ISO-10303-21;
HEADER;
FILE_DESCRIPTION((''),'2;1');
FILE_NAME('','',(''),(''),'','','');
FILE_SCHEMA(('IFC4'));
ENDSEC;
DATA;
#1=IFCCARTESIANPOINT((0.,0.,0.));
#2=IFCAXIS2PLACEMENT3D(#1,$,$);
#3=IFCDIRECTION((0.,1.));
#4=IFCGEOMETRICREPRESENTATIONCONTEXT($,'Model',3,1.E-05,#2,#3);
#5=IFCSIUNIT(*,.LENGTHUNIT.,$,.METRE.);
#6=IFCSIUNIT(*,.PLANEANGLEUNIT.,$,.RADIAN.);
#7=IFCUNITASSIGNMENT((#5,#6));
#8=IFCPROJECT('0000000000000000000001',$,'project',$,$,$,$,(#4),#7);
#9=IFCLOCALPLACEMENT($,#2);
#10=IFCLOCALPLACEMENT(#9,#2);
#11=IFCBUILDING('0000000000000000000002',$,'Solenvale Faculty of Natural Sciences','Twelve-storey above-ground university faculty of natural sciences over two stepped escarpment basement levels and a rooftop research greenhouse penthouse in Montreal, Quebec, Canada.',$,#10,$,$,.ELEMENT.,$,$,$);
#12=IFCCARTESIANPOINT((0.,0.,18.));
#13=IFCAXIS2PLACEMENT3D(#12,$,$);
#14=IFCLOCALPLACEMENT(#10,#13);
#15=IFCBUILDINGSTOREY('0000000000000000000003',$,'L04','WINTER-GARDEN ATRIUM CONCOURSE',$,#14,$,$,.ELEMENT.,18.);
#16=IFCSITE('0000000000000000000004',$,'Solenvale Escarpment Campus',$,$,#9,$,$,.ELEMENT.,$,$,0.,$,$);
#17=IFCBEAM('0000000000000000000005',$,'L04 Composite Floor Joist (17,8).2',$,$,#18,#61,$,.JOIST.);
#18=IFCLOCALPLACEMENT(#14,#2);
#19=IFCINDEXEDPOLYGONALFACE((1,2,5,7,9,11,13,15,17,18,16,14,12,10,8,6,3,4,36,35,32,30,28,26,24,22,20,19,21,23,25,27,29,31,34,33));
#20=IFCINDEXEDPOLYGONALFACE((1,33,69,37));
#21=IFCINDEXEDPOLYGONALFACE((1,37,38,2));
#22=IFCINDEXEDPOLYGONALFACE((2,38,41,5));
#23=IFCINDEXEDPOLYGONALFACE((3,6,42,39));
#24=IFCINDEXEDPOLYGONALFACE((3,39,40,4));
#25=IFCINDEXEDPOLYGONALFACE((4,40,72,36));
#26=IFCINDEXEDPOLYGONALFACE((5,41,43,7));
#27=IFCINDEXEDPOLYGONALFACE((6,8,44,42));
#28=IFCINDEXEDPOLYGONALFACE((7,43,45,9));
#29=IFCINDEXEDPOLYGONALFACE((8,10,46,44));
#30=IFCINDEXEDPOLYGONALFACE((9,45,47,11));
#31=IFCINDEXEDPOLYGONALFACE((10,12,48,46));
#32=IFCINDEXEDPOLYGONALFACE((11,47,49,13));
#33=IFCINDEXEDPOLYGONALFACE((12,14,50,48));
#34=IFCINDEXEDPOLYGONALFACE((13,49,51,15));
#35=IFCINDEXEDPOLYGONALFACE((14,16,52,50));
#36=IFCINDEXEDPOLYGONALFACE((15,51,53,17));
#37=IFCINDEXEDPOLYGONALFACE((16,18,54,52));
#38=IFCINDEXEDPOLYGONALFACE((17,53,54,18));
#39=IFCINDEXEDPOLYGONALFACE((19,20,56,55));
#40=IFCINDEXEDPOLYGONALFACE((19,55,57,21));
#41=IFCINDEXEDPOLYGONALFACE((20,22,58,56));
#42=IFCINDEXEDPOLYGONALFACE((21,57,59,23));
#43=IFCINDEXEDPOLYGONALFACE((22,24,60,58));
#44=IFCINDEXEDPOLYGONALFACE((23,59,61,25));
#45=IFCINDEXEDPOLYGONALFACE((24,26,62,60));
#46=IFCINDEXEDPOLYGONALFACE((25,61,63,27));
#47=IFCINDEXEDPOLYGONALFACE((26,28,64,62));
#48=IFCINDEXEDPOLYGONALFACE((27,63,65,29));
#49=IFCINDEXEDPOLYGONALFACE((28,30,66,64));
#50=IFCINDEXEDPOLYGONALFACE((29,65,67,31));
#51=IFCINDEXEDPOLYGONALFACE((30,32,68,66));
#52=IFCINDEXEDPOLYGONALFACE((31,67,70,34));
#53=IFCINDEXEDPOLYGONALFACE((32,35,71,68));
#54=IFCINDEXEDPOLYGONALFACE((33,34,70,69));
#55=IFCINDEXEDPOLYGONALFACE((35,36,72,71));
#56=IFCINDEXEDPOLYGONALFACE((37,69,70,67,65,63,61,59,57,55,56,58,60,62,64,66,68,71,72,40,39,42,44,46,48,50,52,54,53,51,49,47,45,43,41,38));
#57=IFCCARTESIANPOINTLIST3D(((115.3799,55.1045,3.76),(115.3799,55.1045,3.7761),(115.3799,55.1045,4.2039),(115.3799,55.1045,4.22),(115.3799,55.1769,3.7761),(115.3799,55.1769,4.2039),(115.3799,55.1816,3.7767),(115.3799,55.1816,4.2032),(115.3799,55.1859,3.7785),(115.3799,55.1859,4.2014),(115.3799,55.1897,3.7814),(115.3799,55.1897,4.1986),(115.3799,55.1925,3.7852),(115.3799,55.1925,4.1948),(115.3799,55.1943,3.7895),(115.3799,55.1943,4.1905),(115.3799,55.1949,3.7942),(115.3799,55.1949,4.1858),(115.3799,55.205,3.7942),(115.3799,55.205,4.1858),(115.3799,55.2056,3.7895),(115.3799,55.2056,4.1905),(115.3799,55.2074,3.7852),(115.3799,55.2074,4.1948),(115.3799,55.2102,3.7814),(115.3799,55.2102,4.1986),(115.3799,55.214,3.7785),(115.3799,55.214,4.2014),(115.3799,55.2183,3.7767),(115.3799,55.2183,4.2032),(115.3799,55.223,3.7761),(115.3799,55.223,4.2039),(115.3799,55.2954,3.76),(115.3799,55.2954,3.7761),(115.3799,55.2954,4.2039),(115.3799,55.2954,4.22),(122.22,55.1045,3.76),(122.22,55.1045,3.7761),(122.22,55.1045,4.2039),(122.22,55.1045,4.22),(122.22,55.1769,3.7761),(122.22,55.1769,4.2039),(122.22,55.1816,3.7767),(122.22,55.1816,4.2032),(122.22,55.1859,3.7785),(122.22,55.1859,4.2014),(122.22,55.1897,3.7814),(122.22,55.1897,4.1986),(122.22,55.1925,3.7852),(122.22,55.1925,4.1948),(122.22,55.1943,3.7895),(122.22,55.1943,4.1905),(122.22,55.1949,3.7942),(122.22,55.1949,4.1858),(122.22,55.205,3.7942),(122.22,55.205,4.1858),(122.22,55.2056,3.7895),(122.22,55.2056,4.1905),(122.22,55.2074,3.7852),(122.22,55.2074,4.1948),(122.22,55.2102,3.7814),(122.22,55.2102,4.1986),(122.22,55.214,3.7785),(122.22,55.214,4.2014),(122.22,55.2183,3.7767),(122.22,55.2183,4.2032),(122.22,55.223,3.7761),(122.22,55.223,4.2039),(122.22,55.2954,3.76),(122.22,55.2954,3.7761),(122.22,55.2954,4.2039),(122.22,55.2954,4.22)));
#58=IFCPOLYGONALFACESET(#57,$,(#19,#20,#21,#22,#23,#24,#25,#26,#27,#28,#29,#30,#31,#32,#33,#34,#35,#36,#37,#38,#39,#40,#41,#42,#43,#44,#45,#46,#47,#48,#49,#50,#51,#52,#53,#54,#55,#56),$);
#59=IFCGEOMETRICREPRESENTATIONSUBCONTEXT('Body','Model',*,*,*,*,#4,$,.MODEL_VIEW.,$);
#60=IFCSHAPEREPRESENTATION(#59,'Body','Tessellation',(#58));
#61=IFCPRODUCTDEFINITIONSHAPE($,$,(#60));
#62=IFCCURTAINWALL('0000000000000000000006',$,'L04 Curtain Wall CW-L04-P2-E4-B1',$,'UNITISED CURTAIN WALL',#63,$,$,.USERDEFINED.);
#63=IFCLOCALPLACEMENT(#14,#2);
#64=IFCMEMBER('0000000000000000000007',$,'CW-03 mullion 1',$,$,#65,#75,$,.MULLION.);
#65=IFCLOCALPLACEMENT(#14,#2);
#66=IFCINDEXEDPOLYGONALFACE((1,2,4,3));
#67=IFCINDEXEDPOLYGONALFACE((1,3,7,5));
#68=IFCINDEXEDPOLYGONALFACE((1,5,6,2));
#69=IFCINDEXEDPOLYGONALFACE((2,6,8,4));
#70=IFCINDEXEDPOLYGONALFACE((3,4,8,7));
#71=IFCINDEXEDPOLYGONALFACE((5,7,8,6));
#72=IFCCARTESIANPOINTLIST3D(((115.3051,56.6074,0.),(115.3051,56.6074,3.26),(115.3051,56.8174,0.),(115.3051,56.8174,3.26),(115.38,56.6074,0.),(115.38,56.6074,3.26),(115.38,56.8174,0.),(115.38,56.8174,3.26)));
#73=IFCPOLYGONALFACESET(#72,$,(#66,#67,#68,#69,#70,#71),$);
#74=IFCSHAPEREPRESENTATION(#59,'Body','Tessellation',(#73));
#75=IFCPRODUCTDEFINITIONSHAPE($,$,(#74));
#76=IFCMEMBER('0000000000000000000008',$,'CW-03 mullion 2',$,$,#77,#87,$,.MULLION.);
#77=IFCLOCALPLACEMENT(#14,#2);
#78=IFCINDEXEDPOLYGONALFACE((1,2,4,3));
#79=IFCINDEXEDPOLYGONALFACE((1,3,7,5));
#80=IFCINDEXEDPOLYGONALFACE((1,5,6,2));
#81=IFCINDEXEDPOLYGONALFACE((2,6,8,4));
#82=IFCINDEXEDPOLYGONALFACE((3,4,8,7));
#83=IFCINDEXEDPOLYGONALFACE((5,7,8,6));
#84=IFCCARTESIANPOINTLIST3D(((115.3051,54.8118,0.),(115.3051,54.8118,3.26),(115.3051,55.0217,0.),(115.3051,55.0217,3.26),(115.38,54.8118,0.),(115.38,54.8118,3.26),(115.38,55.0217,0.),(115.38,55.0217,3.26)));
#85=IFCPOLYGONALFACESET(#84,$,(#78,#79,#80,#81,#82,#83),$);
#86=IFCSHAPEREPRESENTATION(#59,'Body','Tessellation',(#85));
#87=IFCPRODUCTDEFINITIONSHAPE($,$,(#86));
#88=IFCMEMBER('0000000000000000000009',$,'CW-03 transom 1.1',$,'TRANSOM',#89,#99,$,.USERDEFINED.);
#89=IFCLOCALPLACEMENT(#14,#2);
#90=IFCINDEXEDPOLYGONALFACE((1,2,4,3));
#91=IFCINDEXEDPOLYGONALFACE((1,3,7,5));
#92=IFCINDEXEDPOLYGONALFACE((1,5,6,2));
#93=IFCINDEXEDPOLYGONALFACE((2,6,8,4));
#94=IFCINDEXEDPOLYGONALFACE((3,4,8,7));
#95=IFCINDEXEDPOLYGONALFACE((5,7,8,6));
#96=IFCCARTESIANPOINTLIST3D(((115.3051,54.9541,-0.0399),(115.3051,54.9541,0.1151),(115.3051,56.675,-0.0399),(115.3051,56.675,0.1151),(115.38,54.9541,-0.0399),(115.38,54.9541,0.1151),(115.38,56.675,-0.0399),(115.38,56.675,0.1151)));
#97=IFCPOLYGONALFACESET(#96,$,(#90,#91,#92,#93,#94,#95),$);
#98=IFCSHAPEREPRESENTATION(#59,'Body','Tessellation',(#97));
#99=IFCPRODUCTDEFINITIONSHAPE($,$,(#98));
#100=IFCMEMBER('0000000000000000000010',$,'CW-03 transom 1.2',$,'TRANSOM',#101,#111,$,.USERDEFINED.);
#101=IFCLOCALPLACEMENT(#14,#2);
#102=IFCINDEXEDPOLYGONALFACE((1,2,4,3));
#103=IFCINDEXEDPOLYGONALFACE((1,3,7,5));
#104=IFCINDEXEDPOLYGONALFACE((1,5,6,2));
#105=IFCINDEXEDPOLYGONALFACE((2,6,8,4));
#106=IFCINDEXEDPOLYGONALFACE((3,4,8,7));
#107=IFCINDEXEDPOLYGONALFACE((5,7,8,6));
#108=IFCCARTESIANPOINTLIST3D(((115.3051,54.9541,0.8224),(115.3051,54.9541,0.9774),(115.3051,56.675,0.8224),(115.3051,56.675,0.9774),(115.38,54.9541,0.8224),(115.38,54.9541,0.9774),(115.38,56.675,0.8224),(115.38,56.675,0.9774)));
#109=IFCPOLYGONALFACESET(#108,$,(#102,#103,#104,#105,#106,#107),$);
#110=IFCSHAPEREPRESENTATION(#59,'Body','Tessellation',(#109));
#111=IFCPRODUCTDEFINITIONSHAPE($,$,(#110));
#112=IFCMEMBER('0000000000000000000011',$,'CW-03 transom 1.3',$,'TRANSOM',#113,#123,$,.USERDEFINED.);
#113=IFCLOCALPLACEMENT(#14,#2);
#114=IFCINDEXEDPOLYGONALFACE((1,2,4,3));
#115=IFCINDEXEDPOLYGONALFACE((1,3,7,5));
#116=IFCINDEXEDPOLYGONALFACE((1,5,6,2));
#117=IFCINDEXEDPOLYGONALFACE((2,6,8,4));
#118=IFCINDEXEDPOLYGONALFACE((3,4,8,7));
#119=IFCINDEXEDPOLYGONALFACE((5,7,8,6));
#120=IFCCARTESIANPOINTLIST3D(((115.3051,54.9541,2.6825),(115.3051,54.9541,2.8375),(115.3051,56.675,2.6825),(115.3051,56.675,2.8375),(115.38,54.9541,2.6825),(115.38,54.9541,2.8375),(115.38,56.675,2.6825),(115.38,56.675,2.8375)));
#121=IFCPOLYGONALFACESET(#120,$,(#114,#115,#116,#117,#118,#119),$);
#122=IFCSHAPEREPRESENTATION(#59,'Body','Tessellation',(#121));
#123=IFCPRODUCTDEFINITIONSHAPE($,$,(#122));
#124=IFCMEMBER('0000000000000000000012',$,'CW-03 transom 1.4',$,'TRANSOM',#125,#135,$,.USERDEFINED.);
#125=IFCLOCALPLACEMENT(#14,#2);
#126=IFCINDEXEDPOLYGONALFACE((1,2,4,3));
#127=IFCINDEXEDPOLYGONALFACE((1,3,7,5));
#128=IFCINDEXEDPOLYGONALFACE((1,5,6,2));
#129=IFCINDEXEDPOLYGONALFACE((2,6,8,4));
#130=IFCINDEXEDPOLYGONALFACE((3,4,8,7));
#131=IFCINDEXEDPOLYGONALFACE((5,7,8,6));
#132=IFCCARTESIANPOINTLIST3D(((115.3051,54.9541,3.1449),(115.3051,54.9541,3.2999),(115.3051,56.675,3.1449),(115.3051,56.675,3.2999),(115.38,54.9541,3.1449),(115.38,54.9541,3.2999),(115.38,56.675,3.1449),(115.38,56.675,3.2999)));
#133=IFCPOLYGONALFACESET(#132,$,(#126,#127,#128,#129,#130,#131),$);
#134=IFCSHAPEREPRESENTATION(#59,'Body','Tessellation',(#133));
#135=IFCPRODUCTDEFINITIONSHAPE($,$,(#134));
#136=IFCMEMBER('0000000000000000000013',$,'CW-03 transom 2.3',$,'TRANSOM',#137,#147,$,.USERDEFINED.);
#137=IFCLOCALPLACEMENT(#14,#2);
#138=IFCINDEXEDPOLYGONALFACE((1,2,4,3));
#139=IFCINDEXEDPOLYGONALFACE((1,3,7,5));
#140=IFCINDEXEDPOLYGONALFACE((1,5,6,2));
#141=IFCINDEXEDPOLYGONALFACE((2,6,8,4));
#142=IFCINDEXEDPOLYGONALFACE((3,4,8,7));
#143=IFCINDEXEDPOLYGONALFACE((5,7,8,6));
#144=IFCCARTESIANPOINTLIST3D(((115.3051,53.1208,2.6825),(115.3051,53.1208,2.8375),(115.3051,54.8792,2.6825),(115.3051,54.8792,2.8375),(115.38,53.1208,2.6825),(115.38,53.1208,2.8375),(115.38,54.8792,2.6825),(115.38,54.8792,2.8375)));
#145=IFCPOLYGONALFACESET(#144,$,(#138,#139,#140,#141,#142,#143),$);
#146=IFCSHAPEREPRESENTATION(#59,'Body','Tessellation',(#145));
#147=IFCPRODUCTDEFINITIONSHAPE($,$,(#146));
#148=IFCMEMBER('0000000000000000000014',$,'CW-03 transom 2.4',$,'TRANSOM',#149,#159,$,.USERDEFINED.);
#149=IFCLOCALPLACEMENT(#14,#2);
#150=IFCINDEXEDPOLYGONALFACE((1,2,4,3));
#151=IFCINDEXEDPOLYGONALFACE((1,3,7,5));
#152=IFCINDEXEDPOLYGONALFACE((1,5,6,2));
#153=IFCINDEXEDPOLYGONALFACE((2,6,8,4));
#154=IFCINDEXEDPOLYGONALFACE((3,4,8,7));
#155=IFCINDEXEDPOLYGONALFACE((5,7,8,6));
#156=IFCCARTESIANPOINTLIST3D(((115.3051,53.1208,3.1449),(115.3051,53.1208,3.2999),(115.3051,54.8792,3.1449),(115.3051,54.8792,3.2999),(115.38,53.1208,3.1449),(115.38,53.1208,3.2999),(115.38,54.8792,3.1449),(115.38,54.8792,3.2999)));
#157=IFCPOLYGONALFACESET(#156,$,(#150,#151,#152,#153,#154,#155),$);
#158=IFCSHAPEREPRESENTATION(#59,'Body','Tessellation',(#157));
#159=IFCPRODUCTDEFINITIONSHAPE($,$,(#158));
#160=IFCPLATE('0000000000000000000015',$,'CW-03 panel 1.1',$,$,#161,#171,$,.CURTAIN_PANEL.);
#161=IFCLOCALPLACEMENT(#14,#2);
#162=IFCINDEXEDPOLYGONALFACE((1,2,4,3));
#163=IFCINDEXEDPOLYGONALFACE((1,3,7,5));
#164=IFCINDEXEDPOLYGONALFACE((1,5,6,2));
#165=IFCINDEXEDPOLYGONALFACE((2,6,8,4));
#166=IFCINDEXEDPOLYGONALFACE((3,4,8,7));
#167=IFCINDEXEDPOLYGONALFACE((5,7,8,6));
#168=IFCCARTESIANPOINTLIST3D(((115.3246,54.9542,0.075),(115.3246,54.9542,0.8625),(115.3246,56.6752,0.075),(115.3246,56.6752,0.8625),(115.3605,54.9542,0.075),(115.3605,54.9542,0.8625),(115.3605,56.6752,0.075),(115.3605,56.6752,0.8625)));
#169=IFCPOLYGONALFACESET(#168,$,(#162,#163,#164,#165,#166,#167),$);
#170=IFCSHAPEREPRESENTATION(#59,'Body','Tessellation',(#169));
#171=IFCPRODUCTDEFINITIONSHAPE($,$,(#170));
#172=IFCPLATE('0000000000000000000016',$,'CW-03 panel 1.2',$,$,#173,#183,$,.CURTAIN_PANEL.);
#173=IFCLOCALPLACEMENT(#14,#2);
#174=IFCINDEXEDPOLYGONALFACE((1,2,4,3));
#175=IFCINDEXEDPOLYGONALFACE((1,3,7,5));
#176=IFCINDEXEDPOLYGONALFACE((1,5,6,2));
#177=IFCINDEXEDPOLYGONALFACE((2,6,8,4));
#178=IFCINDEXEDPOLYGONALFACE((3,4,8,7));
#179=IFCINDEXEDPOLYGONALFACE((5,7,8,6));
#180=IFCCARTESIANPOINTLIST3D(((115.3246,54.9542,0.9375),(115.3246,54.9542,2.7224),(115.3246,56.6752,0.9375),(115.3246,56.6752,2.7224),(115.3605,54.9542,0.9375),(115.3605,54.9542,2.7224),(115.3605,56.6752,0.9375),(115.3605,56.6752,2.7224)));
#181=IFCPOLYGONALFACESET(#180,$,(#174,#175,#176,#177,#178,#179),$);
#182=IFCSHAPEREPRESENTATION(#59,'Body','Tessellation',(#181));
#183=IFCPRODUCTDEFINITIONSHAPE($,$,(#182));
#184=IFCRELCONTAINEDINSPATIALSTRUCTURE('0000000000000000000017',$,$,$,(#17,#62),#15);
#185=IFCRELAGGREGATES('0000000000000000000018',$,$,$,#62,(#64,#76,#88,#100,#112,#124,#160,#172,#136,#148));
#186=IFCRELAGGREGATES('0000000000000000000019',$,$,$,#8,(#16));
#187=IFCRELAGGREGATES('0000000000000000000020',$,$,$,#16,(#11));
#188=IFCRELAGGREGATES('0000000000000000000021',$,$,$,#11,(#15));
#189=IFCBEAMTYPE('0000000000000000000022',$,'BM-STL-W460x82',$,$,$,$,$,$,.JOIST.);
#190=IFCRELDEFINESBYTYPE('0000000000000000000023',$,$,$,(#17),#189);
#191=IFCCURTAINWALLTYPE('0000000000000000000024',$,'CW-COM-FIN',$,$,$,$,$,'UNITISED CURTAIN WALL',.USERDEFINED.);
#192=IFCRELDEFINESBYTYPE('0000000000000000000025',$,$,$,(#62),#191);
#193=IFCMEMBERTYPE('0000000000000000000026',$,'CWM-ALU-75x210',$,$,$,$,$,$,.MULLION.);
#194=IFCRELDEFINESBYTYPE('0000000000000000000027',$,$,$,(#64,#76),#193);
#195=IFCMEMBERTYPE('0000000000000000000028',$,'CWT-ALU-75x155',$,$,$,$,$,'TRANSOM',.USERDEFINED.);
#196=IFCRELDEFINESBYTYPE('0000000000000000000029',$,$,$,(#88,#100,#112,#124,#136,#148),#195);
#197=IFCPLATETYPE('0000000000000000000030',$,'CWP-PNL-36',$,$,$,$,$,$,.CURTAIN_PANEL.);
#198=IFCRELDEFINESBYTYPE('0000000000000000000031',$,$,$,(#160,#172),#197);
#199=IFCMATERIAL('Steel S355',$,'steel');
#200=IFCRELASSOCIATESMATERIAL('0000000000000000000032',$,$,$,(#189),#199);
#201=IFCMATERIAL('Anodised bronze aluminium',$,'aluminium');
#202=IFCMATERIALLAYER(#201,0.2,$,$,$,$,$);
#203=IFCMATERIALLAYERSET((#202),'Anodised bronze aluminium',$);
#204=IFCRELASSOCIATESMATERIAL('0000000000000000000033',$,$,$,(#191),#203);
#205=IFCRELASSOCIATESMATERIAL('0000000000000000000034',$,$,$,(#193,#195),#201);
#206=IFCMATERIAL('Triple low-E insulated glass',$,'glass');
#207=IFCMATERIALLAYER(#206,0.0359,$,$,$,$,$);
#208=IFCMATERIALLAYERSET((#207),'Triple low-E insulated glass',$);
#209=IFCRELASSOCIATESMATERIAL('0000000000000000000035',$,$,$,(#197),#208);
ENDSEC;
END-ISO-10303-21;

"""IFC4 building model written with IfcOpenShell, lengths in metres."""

from ifc_helpers import new_model, si_unit, direction, frame, origin, origin_2d, place, context, subcontext, project, spatial, rectangle, i_section, extrude, material, layer, layer_set, material_profile, profile_set, type_object, element, aggregate, save


model = new_model("IFC4")

# Units and contexts
model_context = context("Model", 3, precision=1e-05, world=origin(), true_north=direction((0.0, 1.0)))
body_context = subcontext(model_context, "Body", "Model", "MODEL_VIEW")
ifc_project = project(units=[si_unit("LENGTHUNIT", "METRE"), si_unit("PLANEANGLEUNIT", "RADIAN")], contexts=[model_context])

# Site, building, storey
site_placement = place(None, origin())
site = spatial("IfcSite", under=ifc_project, at=site_placement, Name="Solenvale Escarpment Campus", CompositionType="ELEMENT", RefElevation=0.0)
building_placement = place(site_placement, origin())
building = spatial("IfcBuilding", under=site, at=building_placement, Name="Solenvale Faculty of Natural Sciences", Description="Twelve-storey above-ground university faculty of natural sciences over two stepped escarpment basement levels and a rooftop research greenhouse penthouse in Montreal, Quebec, Canada.", CompositionType="ELEMENT")
storey_placement = place(building_placement, frame((0.0, 0.0, 18.0)))
storey = spatial("IfcBuildingStorey", under=building, at=storey_placement, Name="L04", Description="WINTER-GARDEN ATRIUM CONCOURSE", CompositionType="ELEMENT", Elevation=18.0)

# Beam
ifc_material_1 = material(Name="Steel S355", Category="steel")
ifc_material_profile_1 = material_profile(ifc_material_1, i_section(OverallWidth=0.1909, OverallDepth=0.46, WebThickness=0.01, FlangeThickness=0.0161, FilletRadius=0.0181, at=origin_2d()), Name="W460x82")
ifc_profile_set_1 = profile_set([ifc_material_profile_1], Name="Steel S355")
beam_type_1 = type_object("IfcBeamType", Name="BM-STL-W460x82", PredefinedType="JOIST", material=ifc_profile_set_1)
for number, where, z_axis, x_axis, name in (
    (1, (115.3799, 55.2, 3.99), (1.0, 0.0, 0.0), (0.0, 1.0, 0.0), "L04 Composite Floor Joist (17,8).2"),
):
    element("IfcBeam", number, at=place(storey_placement, frame(where, z_axis=z_axis, x_axis=x_axis)), inside=storey, type_object=beam_type_1, Name=name, PredefinedType="JOIST", context=body_context, shape_type="SweptSolid", body=[
        extrude(i_section(OverallWidth=0.1909, OverallDepth=0.46, WebThickness=0.01, FlangeThickness=0.0161, FilletRadius=0.0181, at=origin_2d()), origin(), (0.0, 0.0, 1.0), 6.8401),
    ])

# Curtain wall, members, plates
ifc_material_2 = material(Name="Anodised bronze aluminium", Category="aluminium")
ifc_layer_1 = layer(ifc_material_2, 0.2)
ifc_layer_set_1 = layer_set([ifc_layer_1], Name="Anodised bronze aluminium")
curtain_wall_type = type_object("IfcCurtainWallType", Name="CW-COM-FIN", ElementType="UNITISED CURTAIN WALL", PredefinedType="USERDEFINED", material=ifc_layer_set_1)
curtain_wall_placement = place(storey_placement, origin())
curtain_wall = element("IfcCurtainWall", 2, at=curtain_wall_placement, inside=storey, type_object=curtain_wall_type, Name="L04 Curtain Wall CW-L04-P2-E4-B1", ObjectType="UNITISED CURTAIN WALL", PredefinedType="USERDEFINED")
ifc_material_profile_2 = material_profile(ifc_material_2, rectangle(XDim=0.075, YDim=0.21, at=origin_2d()), Name="ALU-MUL-75x210")
ifc_profile_set_2 = profile_set([ifc_material_profile_2], Name="Anodised bronze aluminium")
member_type_1 = type_object("IfcMemberType", Name="CWM-ALU-75x210", PredefinedType="MULLION", material=ifc_profile_set_2)
member_1_placement = place(storey_placement, frame((115.3425, 56.7124, 0.0), z_axis=(0.0, 0.0, 1.0), x_axis=(1.0, 0.0, 0.0)))
member_1 = element("IfcMember", 3, at=member_1_placement, type_object=member_type_1, Name="CW-03 mullion 1", PredefinedType="MULLION", context=body_context, shape_type="SweptSolid", body=[
    extrude(rectangle(XDim=0.075, YDim=0.21, at=origin_2d()), origin(), (0.0, 0.0, 1.0), 3.26),
])
member_2_placement = place(storey_placement, frame((115.3425, 54.9167, 0.0), z_axis=(0.0, 0.0, 1.0), x_axis=(1.0, 0.0, 0.0)))
member_2 = element("IfcMember", 4, at=member_2_placement, type_object=member_type_1, Name="CW-03 mullion 2", PredefinedType="MULLION", context=body_context, shape_type="SweptSolid", body=[
    extrude(rectangle(XDim=0.075, YDim=0.21, at=origin_2d()), origin(), (0.0, 0.0, 1.0), 3.26),
])
ifc_material_profile_3 = material_profile(ifc_material_2, rectangle(XDim=0.075, YDim=0.155, at=origin_2d()), Name="ALU-TRN-75x155")
ifc_profile_set_3 = profile_set([ifc_material_profile_3], Name="Anodised bronze aluminium")
member_type_2 = type_object("IfcMemberType", Name="CWT-ALU-75x155", ElementType="TRANSOM", PredefinedType="USERDEFINED", material=ifc_profile_set_3)
member_3_placement = place(storey_placement, frame((115.3425, 56.675, 0.0376), z_axis=(0.0, -1.0, 0.0), x_axis=(1.0, 0.0, 0.0)))
member_3 = element("IfcMember", 5, at=member_3_placement, type_object=member_type_2, Name="CW-03 transom 1.1", ObjectType="TRANSOM", PredefinedType="USERDEFINED", context=body_context, shape_type="SweptSolid", body=[
    extrude(rectangle(XDim=0.075, YDim=0.155, at=origin_2d()), origin(), (0.0, 0.0, 1.0), 1.7209),
])
member_4_placement = place(storey_placement, frame((115.3425, 56.675, 0.8999), z_axis=(0.0, -1.0, 0.0), x_axis=(1.0, 0.0, 0.0)))
member_4 = element("IfcMember", 6, at=member_4_placement, type_object=member_type_2, Name="CW-03 transom 1.2", ObjectType="TRANSOM", PredefinedType="USERDEFINED", context=body_context, shape_type="SweptSolid", body=[
    extrude(rectangle(XDim=0.075, YDim=0.155, at=origin_2d()), origin(), (0.0, 0.0, 1.0), 1.7209),
])
member_5_placement = place(storey_placement, frame((115.3425, 56.675, 2.76), z_axis=(0.0, -1.0, 0.0), x_axis=(1.0, 0.0, 0.0)))
member_5 = element("IfcMember", 7, at=member_5_placement, type_object=member_type_2, Name="CW-03 transom 1.3", ObjectType="TRANSOM", PredefinedType="USERDEFINED", context=body_context, shape_type="SweptSolid", body=[
    extrude(rectangle(XDim=0.075, YDim=0.155, at=origin_2d()), origin(), (0.0, 0.0, 1.0), 1.7209),
])
member_6_placement = place(storey_placement, frame((115.3425, 56.675, 3.2224), z_axis=(0.0, -1.0, 0.0), x_axis=(1.0, 0.0, 0.0)))
member_6 = element("IfcMember", 8, at=member_6_placement, type_object=member_type_2, Name="CW-03 transom 1.4", ObjectType="TRANSOM", PredefinedType="USERDEFINED", context=body_context, shape_type="SweptSolid", body=[
    extrude(rectangle(XDim=0.075, YDim=0.155, at=origin_2d()), origin(), (0.0, 0.0, 1.0), 1.7209),
])
member_7_placement = place(storey_placement, frame((115.3425, 54.8792, 2.76), z_axis=(0.0, -1.0, 0.0), x_axis=(1.0, 0.0, 0.0)))
member_7 = element("IfcMember", 9, at=member_7_placement, type_object=member_type_2, Name="CW-03 transom 2.3", ObjectType="TRANSOM", PredefinedType="USERDEFINED", context=body_context, shape_type="SweptSolid", body=[
    extrude(rectangle(XDim=0.075, YDim=0.155, at=origin_2d()), origin(), (0.0, 0.0, 1.0), 1.7583),
])
member_8_placement = place(storey_placement, frame((115.3425, 54.8792, 3.2224), z_axis=(0.0, -1.0, 0.0), x_axis=(1.0, 0.0, 0.0)))
member_8 = element("IfcMember", 10, at=member_8_placement, type_object=member_type_2, Name="CW-03 transom 2.4", ObjectType="TRANSOM", PredefinedType="USERDEFINED", context=body_context, shape_type="SweptSolid", body=[
    extrude(rectangle(XDim=0.075, YDim=0.155, at=origin_2d()), origin(), (0.0, 0.0, 1.0), 1.7583),
])
ifc_material_3 = material(Name="Triple low-E insulated glass", Category="glass")
ifc_layer_2 = layer(ifc_material_3, 0.0359)
ifc_layer_set_2 = layer_set([ifc_layer_2], Name="Triple low-E insulated glass")
plate_type = type_object("IfcPlateType", Name="CWP-PNL-36", PredefinedType="CURTAIN_PANEL", material=ifc_layer_set_2)
plate_1_placement = place(storey_placement, frame((115.3425, 55.8147, 0.075), z_axis=(0.0, 0.0, 1.0), x_axis=(0.0, -1.0, 0.0)))
plate_1 = element("IfcPlate", 11, at=plate_1_placement, type_object=plate_type, Name="CW-03 panel 1.1", PredefinedType="CURTAIN_PANEL", context=body_context, shape_type="SweptSolid", body=[
    extrude(rectangle(XDim=1.7209, YDim=0.0359, at=origin_2d()), origin(), (0.0, 0.0, 1.0), 0.7876),
])
plate_2_placement = place(storey_placement, frame((115.3425, 55.8147, 0.9375), z_axis=(0.0, 0.0, 1.0), x_axis=(0.0, -1.0, 0.0)))
plate_2 = element("IfcPlate", 12, at=plate_2_placement, type_object=plate_type, Name="CW-03 panel 1.2", PredefinedType="CURTAIN_PANEL", context=body_context, shape_type="SweptSolid", body=[
    extrude(rectangle(XDim=1.7209, YDim=0.0359, at=origin_2d()), origin(), (0.0, 0.0, 1.0), 1.7849),
])
aggregate(curtain_wall, [member_1, member_2, member_3, member_4, member_5, member_6, plate_1, plate_2, member_7, member_8])

save(model, "model.ifc")
